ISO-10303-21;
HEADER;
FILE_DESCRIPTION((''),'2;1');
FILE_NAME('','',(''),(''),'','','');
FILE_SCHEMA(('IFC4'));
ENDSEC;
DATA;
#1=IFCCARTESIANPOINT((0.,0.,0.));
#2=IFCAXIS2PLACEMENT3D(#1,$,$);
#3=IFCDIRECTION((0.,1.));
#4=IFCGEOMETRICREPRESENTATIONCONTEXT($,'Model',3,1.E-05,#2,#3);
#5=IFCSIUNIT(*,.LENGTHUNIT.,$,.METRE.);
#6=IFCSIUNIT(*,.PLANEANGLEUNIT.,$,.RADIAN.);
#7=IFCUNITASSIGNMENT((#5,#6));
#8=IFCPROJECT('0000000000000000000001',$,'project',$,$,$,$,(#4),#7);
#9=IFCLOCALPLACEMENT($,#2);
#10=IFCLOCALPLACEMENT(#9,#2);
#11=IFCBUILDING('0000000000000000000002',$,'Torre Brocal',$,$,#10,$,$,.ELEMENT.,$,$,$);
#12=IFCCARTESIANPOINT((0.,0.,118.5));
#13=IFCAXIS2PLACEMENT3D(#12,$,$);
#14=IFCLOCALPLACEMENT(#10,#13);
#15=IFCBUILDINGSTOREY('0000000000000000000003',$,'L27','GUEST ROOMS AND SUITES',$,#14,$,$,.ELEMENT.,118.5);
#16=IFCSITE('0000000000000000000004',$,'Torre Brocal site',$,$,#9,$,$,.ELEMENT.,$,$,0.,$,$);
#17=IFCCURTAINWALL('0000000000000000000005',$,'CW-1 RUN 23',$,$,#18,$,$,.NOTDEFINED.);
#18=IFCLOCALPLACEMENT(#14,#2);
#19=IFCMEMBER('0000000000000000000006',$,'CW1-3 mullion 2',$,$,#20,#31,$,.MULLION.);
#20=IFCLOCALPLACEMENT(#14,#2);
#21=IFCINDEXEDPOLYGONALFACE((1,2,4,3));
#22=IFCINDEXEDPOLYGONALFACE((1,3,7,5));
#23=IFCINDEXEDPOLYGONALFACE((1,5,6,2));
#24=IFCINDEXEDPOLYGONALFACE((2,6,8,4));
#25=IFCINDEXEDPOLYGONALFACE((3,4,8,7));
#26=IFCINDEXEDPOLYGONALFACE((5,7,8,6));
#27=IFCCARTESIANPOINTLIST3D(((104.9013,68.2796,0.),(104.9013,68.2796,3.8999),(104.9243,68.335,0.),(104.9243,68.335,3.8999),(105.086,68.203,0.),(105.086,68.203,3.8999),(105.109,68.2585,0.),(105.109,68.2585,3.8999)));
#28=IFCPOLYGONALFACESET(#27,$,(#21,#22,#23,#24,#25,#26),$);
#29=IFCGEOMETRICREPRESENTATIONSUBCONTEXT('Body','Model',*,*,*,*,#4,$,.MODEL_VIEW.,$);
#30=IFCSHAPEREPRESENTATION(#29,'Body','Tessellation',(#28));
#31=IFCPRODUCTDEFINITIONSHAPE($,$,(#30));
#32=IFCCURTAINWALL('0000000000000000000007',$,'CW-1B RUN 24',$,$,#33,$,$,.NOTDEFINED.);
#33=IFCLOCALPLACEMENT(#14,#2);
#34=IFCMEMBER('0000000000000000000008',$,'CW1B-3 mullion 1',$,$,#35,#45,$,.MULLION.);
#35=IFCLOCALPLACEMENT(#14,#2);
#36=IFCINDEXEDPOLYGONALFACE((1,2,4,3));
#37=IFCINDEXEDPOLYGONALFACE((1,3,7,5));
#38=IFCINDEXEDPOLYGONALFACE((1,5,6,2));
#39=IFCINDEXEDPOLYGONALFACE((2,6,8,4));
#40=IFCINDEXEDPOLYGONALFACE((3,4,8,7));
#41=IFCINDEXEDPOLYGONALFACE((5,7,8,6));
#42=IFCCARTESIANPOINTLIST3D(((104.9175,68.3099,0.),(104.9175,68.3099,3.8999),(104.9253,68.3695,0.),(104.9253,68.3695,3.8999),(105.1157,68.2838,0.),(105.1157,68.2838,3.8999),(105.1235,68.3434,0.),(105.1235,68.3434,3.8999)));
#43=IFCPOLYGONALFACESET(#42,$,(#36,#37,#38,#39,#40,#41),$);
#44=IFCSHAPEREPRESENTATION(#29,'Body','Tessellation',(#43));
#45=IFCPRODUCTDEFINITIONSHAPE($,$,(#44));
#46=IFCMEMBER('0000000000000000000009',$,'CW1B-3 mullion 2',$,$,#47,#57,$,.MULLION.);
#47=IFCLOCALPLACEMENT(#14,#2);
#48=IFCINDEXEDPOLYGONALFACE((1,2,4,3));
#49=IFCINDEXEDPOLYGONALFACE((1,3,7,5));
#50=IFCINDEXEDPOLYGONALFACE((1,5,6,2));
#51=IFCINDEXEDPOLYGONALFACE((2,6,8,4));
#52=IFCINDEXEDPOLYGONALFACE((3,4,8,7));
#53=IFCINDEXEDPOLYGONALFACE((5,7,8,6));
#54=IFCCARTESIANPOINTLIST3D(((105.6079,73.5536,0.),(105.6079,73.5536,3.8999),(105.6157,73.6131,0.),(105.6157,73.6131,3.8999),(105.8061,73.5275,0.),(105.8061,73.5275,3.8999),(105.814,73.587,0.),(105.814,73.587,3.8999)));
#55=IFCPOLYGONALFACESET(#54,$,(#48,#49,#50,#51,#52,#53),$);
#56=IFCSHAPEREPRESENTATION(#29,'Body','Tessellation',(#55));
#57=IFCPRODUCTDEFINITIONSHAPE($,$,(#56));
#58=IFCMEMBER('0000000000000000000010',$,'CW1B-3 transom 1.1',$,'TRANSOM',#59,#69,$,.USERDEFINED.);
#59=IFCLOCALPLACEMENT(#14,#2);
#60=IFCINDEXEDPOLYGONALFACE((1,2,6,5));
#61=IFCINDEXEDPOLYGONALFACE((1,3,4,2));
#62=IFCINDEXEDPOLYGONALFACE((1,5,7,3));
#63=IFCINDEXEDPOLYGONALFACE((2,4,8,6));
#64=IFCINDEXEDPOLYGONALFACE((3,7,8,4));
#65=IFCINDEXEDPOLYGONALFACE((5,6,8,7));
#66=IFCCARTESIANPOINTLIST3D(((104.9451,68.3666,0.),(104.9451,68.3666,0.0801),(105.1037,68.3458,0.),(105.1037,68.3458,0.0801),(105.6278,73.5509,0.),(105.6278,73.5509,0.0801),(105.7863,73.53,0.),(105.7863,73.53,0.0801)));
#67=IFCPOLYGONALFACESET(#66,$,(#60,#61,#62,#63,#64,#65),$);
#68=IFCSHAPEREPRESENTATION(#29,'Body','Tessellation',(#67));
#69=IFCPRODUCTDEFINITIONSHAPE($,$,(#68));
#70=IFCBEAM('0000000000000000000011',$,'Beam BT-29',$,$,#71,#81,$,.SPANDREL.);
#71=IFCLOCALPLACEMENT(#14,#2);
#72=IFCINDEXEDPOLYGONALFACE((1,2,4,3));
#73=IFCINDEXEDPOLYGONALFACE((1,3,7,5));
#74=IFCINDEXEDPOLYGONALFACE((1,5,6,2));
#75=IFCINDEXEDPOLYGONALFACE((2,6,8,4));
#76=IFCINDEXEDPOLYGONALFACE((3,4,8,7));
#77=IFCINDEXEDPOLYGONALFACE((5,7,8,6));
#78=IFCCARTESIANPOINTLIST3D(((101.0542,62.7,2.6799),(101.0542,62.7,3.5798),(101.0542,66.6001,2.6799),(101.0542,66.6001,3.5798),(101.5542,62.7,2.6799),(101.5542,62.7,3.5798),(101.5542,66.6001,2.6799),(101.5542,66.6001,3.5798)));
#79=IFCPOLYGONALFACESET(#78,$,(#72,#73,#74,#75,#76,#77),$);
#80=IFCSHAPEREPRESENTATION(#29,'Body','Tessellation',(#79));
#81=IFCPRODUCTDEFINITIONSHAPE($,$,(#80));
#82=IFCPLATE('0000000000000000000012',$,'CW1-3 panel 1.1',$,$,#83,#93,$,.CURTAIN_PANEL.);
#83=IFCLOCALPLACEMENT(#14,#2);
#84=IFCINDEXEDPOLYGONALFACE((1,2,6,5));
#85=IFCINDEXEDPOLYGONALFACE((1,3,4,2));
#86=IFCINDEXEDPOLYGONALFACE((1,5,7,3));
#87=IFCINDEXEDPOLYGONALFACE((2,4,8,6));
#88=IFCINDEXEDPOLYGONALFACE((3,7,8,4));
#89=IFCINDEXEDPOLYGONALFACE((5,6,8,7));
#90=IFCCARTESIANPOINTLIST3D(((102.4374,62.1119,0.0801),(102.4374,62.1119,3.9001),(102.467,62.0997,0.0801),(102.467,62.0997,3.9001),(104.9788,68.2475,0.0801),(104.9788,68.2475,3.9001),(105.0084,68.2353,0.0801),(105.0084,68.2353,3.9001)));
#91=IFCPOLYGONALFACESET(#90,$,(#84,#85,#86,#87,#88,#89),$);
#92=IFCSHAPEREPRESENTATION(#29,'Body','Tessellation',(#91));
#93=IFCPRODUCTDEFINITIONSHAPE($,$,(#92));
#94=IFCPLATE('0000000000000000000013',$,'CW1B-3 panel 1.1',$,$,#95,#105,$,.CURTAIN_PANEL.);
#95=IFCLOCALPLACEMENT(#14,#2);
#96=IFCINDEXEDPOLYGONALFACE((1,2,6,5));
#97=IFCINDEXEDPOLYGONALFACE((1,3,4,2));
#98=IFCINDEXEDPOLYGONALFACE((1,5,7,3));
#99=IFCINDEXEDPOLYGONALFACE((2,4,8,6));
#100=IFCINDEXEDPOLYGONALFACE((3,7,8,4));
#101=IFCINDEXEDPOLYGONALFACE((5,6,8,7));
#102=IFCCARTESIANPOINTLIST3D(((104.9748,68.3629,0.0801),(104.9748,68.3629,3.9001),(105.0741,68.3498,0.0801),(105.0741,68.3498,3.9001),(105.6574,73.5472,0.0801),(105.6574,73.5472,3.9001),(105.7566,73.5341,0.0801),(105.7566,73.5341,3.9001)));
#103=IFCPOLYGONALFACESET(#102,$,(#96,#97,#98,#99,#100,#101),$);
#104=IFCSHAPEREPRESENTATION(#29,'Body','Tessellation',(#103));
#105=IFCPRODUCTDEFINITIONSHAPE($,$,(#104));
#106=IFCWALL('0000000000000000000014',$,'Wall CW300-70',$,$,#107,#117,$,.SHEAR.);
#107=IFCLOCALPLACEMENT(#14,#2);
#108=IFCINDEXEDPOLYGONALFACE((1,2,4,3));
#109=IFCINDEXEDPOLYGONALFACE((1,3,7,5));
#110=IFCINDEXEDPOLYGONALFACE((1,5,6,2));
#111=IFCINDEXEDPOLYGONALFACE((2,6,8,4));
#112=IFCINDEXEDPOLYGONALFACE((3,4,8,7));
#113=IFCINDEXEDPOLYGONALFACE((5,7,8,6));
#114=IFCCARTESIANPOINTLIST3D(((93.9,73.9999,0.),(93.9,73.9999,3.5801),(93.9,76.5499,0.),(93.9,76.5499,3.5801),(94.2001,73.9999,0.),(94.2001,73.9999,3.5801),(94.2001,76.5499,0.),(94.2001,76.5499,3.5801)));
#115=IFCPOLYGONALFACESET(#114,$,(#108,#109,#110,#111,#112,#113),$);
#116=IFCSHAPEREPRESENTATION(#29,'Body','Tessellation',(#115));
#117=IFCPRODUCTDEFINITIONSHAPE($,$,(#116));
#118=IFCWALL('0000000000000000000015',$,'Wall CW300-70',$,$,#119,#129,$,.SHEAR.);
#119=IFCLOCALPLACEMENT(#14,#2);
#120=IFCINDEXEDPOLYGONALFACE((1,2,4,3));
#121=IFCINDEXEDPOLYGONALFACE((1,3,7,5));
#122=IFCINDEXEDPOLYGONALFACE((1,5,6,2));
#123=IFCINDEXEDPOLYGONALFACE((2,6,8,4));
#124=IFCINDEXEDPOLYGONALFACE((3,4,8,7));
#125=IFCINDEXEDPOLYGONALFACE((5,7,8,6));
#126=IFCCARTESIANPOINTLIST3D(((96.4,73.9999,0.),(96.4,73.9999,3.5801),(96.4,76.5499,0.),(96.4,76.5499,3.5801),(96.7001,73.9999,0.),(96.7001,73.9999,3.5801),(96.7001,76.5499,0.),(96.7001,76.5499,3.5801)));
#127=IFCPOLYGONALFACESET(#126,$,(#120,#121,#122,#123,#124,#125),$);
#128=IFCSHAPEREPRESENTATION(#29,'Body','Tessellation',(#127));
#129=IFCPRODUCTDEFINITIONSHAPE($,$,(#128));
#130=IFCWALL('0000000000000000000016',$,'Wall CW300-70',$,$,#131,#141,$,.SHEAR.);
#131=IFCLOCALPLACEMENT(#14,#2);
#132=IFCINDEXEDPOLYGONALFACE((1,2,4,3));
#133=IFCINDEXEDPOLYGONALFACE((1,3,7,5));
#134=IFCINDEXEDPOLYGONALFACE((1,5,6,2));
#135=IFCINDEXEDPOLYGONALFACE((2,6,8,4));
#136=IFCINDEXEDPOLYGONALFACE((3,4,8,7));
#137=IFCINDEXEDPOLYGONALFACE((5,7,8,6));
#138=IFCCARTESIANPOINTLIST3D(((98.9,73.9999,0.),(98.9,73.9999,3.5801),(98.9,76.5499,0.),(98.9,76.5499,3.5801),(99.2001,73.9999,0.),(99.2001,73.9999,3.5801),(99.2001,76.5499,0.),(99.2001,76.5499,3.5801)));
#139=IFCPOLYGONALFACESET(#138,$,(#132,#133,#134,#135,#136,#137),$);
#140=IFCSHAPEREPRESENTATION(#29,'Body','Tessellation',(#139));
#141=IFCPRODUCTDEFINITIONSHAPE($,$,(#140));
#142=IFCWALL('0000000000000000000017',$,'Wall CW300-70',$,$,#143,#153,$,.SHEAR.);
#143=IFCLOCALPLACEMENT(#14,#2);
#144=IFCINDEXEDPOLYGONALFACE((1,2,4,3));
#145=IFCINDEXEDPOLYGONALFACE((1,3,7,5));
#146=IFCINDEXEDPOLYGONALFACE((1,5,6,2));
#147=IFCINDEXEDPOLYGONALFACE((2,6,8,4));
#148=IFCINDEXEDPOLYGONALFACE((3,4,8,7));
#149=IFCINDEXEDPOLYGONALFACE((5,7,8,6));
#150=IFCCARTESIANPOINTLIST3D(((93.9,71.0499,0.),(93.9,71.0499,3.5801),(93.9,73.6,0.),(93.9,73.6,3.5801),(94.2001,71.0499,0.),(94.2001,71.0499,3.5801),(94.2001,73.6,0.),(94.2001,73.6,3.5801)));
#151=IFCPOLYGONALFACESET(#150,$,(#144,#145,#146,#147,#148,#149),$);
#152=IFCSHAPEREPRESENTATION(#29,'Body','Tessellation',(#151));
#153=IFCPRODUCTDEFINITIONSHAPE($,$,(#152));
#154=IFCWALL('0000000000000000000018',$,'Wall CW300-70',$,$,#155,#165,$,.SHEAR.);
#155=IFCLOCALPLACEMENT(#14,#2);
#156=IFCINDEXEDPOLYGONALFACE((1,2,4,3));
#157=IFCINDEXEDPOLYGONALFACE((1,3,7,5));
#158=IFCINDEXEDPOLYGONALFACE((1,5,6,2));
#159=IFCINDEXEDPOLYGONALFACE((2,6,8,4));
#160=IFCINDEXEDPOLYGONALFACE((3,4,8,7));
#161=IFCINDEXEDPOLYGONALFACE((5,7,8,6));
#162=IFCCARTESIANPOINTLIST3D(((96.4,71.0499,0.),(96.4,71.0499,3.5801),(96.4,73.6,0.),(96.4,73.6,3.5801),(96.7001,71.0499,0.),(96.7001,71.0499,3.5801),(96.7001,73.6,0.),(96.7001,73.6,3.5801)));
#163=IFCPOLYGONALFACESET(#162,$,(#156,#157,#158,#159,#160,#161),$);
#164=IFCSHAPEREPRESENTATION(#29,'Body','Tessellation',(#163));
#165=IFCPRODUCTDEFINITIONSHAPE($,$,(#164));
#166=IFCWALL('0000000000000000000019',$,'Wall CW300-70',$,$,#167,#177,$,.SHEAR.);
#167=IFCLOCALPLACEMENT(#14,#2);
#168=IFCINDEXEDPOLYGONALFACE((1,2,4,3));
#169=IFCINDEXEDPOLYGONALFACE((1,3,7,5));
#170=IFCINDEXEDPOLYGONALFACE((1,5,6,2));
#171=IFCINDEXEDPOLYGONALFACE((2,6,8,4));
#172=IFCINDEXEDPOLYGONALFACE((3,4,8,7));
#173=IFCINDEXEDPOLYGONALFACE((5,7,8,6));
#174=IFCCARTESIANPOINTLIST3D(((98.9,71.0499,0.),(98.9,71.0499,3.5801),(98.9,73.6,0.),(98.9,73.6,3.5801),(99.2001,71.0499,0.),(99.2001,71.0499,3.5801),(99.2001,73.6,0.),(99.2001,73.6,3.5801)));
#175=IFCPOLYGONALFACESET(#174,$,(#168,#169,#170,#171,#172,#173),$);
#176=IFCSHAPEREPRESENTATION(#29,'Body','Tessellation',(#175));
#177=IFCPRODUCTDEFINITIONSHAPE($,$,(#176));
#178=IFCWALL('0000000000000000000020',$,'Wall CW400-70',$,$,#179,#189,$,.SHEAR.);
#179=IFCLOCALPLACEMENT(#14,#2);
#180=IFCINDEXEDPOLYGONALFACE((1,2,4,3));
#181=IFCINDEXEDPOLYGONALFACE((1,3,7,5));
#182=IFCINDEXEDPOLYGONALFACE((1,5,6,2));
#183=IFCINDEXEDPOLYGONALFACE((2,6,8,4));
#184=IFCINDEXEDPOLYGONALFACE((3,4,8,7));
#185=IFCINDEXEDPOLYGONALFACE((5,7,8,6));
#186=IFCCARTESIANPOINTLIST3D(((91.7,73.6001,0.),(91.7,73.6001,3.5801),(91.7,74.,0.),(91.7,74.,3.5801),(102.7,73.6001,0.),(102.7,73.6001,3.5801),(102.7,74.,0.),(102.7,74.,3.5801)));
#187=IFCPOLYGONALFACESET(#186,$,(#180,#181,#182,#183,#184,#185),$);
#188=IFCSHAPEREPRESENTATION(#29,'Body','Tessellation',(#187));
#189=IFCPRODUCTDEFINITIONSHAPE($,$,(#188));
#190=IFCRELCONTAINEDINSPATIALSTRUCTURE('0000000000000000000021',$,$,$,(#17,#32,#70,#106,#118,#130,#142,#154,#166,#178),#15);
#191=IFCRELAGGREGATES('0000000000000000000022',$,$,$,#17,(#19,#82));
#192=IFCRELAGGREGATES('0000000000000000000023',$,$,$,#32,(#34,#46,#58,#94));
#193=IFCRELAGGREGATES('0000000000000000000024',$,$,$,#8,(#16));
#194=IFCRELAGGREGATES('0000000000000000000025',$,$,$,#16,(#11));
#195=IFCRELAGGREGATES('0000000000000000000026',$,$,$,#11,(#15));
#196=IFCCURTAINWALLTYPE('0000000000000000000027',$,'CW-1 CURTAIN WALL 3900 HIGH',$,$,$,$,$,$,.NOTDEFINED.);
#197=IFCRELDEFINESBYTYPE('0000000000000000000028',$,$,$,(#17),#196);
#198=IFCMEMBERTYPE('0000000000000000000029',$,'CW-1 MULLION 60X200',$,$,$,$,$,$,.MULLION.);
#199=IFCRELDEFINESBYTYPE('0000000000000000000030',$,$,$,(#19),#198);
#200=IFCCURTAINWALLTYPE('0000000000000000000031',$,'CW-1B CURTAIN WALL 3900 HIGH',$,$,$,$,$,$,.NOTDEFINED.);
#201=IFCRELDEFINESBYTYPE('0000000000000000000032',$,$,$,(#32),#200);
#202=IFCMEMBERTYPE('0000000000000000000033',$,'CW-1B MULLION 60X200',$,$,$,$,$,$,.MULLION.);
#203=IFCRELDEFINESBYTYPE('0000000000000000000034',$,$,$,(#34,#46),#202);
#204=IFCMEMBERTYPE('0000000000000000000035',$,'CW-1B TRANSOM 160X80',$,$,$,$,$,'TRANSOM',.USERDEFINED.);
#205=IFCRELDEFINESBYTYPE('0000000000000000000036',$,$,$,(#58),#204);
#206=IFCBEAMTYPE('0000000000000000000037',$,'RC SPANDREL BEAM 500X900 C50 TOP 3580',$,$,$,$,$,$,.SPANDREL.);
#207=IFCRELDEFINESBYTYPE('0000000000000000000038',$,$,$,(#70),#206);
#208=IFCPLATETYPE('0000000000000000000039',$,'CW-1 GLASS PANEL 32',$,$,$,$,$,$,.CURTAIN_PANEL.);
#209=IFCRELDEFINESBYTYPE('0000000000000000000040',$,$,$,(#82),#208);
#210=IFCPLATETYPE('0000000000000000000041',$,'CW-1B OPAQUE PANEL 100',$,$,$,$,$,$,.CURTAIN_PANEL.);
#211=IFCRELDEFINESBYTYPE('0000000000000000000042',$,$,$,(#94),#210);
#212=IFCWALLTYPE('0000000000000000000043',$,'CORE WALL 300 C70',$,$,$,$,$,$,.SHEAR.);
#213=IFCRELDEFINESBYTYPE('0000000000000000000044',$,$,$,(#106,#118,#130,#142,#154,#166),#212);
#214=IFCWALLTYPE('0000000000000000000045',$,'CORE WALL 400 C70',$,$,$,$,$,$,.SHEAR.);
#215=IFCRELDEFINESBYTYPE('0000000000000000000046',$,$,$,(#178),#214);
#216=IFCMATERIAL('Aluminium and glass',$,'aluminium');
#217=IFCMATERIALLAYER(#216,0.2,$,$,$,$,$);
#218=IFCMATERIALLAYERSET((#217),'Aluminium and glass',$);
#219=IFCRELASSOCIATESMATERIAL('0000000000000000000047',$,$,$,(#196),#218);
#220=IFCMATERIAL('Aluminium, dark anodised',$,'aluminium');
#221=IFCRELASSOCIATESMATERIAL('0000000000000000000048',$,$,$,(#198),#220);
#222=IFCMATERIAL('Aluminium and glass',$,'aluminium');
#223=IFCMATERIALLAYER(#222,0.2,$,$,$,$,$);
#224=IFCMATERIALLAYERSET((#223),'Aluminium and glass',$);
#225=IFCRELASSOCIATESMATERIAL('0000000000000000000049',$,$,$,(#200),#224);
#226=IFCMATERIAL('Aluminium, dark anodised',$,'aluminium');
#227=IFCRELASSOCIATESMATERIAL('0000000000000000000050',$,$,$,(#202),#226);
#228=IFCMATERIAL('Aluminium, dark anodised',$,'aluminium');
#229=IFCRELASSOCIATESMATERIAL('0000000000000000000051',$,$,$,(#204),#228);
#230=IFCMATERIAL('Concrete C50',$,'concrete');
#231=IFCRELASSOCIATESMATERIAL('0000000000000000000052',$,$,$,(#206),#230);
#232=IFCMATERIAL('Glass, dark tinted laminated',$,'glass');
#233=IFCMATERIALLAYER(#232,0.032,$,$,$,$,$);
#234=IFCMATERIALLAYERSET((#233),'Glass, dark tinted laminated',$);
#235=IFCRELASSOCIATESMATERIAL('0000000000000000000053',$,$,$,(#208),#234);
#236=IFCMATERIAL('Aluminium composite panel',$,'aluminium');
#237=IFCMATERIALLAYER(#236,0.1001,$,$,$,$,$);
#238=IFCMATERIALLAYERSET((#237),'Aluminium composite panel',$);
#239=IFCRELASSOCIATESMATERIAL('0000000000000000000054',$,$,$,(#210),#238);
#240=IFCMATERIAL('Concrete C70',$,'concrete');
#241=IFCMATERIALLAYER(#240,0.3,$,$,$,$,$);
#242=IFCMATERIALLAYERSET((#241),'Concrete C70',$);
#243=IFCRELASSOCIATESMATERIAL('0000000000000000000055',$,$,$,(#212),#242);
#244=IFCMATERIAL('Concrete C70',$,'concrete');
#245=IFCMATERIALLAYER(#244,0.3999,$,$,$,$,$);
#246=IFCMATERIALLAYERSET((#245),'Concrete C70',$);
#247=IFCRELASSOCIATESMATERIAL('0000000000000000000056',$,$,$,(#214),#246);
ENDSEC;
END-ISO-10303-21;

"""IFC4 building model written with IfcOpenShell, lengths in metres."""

from ifc_helpers import new_model, si_unit, direction, frame, frame_2d, origin, origin_2d, place, context, subcontext, project, spatial, rectangle, extrude, material, layer, layer_set, material_profile, profile_set, type_object, element, aggregate, save


model = new_model("IFC4")

# Units and contexts
model_context = context("Model", 3, precision=1e-05, world=origin(), true_north=direction((0.0, 1.0)))
body_context = subcontext(model_context, "Body", "Model", "MODEL_VIEW")
ifc_project = project(units=[si_unit("LENGTHUNIT", "METRE"), si_unit("PLANEANGLEUNIT", "RADIAN")], contexts=[model_context])

# Site, building, storey
site_placement = place(None, origin())
site = spatial("IfcSite", under=ifc_project, at=site_placement, Name="Torre Brocal site", CompositionType="ELEMENT", RefElevation=0.0)
building_placement = place(site_placement, origin())
building = spatial("IfcBuilding", under=site, at=building_placement, Name="Torre Brocal", CompositionType="ELEMENT")
storey_placement = place(building_placement, frame((0.0, 0.0, 118.5)))
storey = spatial("IfcBuildingStorey", under=building, at=storey_placement, Name="L27", Description="GUEST ROOMS AND SUITES", CompositionType="ELEMENT", Elevation=118.5)

# Curtain wall, member
ifc_material_1 = material(Name="Aluminium and glass", Category="aluminium")
ifc_layer_1 = layer(ifc_material_1, 0.2)
ifc_layer_set_1 = layer_set([ifc_layer_1], Name="Aluminium and glass")
curtain_wall_type_1 = type_object("IfcCurtainWallType", Name="CW-1 CURTAIN WALL 3900 HIGH", PredefinedType="NOTDEFINED", material=ifc_layer_set_1)
curtain_wall_1_placement = place(storey_placement, origin())
curtain_wall_1 = element("IfcCurtainWall", 1, at=curtain_wall_1_placement, inside=storey, type_object=curtain_wall_type_1, Name="CW-1 RUN 23", PredefinedType="NOTDEFINED")
ifc_material_2 = material(Name="Aluminium, dark anodised", Category="aluminium")
ifc_material_profile_1 = material_profile(ifc_material_2, rectangle(XDim=0.2, YDim=0.0601, at=origin_2d()), Name="CW-1 MULLION 60X200")
ifc_profile_set_1 = profile_set([ifc_material_profile_1], Name="Aluminium, dark anodised")
member_type_1 = type_object("IfcMemberType", Name="CW-1 MULLION 60X200", PredefinedType="MULLION", material=ifc_profile_set_1)
member_1_placement = place(storey_placement, frame((105.0051, 68.269, 0.0), z_axis=(0.0, 0.0, 1.0), x_axis=(-0.92388, 0.382683, 0.0)))
member_1 = element("IfcMember", 2, at=member_1_placement, type_object=member_type_1, Name="CW1-3 mullion 2", PredefinedType="MULLION", context=body_context, shape_type="SweptSolid", body=[
    extrude(rectangle(XDim=0.2, YDim=0.0601, at=origin_2d()), origin(), (0.0, 0.0, 1.0), 3.8999),
])

# Curtain wall, members
ifc_material_3 = material(Name="Aluminium and glass", Category="aluminium")
ifc_layer_2 = layer(ifc_material_3, 0.2)
ifc_layer_set_2 = layer_set([ifc_layer_2], Name="Aluminium and glass")
curtain_wall_type_2 = type_object("IfcCurtainWallType", Name="CW-1B CURTAIN WALL 3900 HIGH", PredefinedType="NOTDEFINED", material=ifc_layer_set_2)
curtain_wall_2_placement = place(storey_placement, origin())
curtain_wall_2 = element("IfcCurtainWall", 3, at=curtain_wall_2_placement, inside=storey, type_object=curtain_wall_type_2, Name="CW-1B RUN 24", PredefinedType="NOTDEFINED")
ifc_material_4 = material(Name="Aluminium, dark anodised", Category="aluminium")
ifc_material_profile_2 = material_profile(ifc_material_4, rectangle(XDim=0.2, YDim=0.0601, at=origin_2d()), Name="CW-1B MULLION 60X200")
ifc_profile_set_2 = profile_set([ifc_material_profile_2], Name="Aluminium, dark anodised")
member_type_2 = type_object("IfcMemberType", Name="CW-1B MULLION 60X200", PredefinedType="MULLION", material=ifc_profile_set_2)
member_2_placement = place(storey_placement, frame((105.0205, 68.3267, 0.0), z_axis=(0.0, 0.0, 1.0), x_axis=(-0.991445, 0.130526, 0.0)))
member_2 = element("IfcMember", 4, at=member_2_placement, type_object=member_type_2, Name="CW1B-3 mullion 1", PredefinedType="MULLION", context=body_context, shape_type="SweptSolid", body=[
    extrude(rectangle(XDim=0.2, YDim=0.0601, at=origin_2d()), origin(), (0.0, 0.0, 1.0), 3.8999),
])
member_3_placement = place(storey_placement, frame((105.7109, 73.5703, 0.0), z_axis=(0.0, 0.0, 1.0), x_axis=(-0.991445, 0.130526, 0.0)))
member_3 = element("IfcMember", 5, at=member_3_placement, type_object=member_type_2, Name="CW1B-3 mullion 2", PredefinedType="MULLION", context=body_context, shape_type="SweptSolid", body=[
    extrude(rectangle(XDim=0.2, YDim=0.0601, at=origin_2d()), origin(), (0.0, 0.0, 1.0), 3.8999),
])
ifc_material_5 = material(Name="Aluminium, dark anodised", Category="aluminium")
ifc_material_profile_3 = material_profile(ifc_material_5, rectangle(XDim=0.1599, YDim=0.0801, at=origin_2d()), Name="CW-1B TRANSOM 160X80")
ifc_profile_set_3 = profile_set([ifc_material_profile_3], Name="Aluminium, dark anodised")
member_type_3 = type_object("IfcMemberType", Name="CW-1B TRANSOM 160X80", ElementType="TRANSOM", PredefinedType="USERDEFINED", material=ifc_profile_set_3)
member_4_placement = place(storey_placement, frame((105.0244, 68.3562, 0.04), z_axis=(0.130543, 0.991443, 0.0), x_axis=(-0.991443, 0.130543, 0.0)))
member_4 = element("IfcMember", 6, at=member_4_placement, type_object=member_type_3, Name="CW1B-3 transom 1.1", ObjectType="TRANSOM", PredefinedType="USERDEFINED", context=body_context, shape_type="SweptSolid", body=[
    extrude(rectangle(XDim=0.1599, YDim=0.0801, at=origin_2d()), origin(), (0.0, 0.0, 1.0), 5.229),
])

# Beam
ifc_material_6 = material(Name="Concrete C50", Category="concrete")
ifc_material_profile_4 = material_profile(ifc_material_6, rectangle(XDim=0.5, YDim=0.8999, at=origin_2d()), Name="RC 500X900")
ifc_profile_set_4 = profile_set([ifc_material_profile_4], Name="Concrete C50")
beam_type = type_object("IfcBeamType", Name="RC SPANDREL BEAM 500X900 C50 TOP 3580", PredefinedType="SPANDREL", material=ifc_profile_set_4)
beam_placement = place(storey_placement, frame((101.3042, 62.7, 3.1299), z_axis=(0.0, 1.0, 0.0), x_axis=(-1.0, 0.0, 0.0)))
element("IfcBeam", 7, at=beam_placement, inside=storey, type_object=beam_type, Name="Beam BT-29", PredefinedType="SPANDREL", context=body_context, shape_type="SweptSolid", body=[
    extrude(rectangle(XDim=0.5, YDim=0.8999, at=origin_2d()), origin(), (0.0, 0.0, 1.0), 3.9001),
])

# Plates
ifc_material_7 = material(Name="Glass, dark tinted laminated", Category="glass")
ifc_layer_3 = layer(ifc_material_7, 0.032)
ifc_layer_set_3 = layer_set([ifc_layer_3], Name="Glass, dark tinted laminated")
plate_type_1 = type_object("IfcPlateType", Name="CW-1 GLASS PANEL 32", PredefinedType="CURTAIN_PANEL", material=ifc_layer_set_3)
plate_1_placement = place(storey_placement, frame((103.7229, 65.1736, 0.0801), z_axis=(0.0, 0.0, 1.0), x_axis=(0.382683, 0.92388, 0.0)))
plate_1 = element("IfcPlate", 8, at=plate_1_placement, type_object=plate_type_1, Name="CW1-3 panel 1.1", PredefinedType="CURTAIN_PANEL", context=body_context, shape_type="SweptSolid", body=[
    extrude(rectangle(XDim=6.6411, YDim=0.032, at=origin_2d()), origin(), (0.0, 0.0, 1.0), 3.8201),
])
aggregate(curtain_wall_1, [member_1, plate_1])
ifc_material_8 = material(Name="Aluminium composite panel", Category="aluminium")
ifc_layer_4 = layer(ifc_material_8, 0.1001)
ifc_layer_set_4 = layer_set([ifc_layer_4], Name="Aluminium composite panel")
plate_type_2 = type_object("IfcPlateType", Name="CW-1B OPAQUE PANEL 100", PredefinedType="CURTAIN_PANEL", material=ifc_layer_set_4)
plate_2_placement = place(storey_placement, frame((105.3657, 70.9485, 0.0801), z_axis=(0.0, 0.0, 1.0), x_axis=(0.130526, 0.991445, 0.0)))
plate_2 = element("IfcPlate", 9, at=plate_2_placement, type_object=plate_type_2, Name="CW1B-3 panel 1.1", PredefinedType="CURTAIN_PANEL", context=body_context, shape_type="SweptSolid", body=[
    extrude(rectangle(XDim=5.229, YDim=0.1001, at=origin_2d()), origin(), (0.0, 0.0, 1.0), 3.8201),
])
aggregate(curtain_wall_2, [member_2, member_3, member_4, plate_2])

# Walls
ifc_material_9 = material(Name="Concrete C70", Category="concrete")
ifc_layer_5 = layer(ifc_material_9, 0.3)
ifc_layer_set_5 = layer_set([ifc_layer_5], Name="Concrete C70")
wall_type_1 = type_object("IfcWallType", Name="CORE WALL 300 C70", PredefinedType="SHEAR", material=ifc_layer_set_5)
for number, where, z_axis, x_axis, name in (
    (10, (94.05, 74.0, 0.0), (0.0, 0.0, 1.0), (0.0, 1.0, 0.0), "Wall CW300-70"),
    (11, (96.55, 74.0, 0.0), (0.0, 0.0, 1.0), (0.0, 1.0, 0.0), "Wall CW300-70"),
    (12, (99.05, 74.0, 0.0), (0.0, 0.0, 1.0), (0.0, 1.0, 0.0), "Wall CW300-70"),
    (13, (94.05, 71.05, 0.0), (0.0, 0.0, 1.0), (0.0, 1.0, 0.0), "Wall CW300-70"),
    (14, (96.55, 71.05, 0.0), (0.0, 0.0, 1.0), (0.0, 1.0, 0.0), "Wall CW300-70"),
    (15, (99.05, 71.05, 0.0), (0.0, 0.0, 1.0), (0.0, 1.0, 0.0), "Wall CW300-70"),
):
    element("IfcWall", number, at=place(storey_placement, frame(where, z_axis=z_axis, x_axis=x_axis)), inside=storey, type_object=wall_type_1, Name=name, PredefinedType="SHEAR", context=body_context, shape_type="SweptSolid", body=[
        extrude(rectangle(XDim=2.55, YDim=0.3, at=frame_2d((1.2749, 0.0))), origin(), (0.0, 0.0, 1.0), 3.5801),
    ])
ifc_material_10 = material(Name="Concrete C70", Category="concrete")
ifc_layer_6 = layer(ifc_material_10, 0.3999)
ifc_layer_set_6 = layer_set([ifc_layer_6], Name="Concrete C70")
wall_type_2 = type_object("IfcWallType", Name="CORE WALL 400 C70", PredefinedType="SHEAR", material=ifc_layer_set_6)
wall_1_placement = place(storey_placement, frame((91.7, 73.8, 0.0), z_axis=(0.0, 0.0, 1.0), x_axis=(1.0, 0.0, 0.0)))
element("IfcWall", 16, at=wall_1_placement, inside=storey, type_object=wall_type_2, Name="Wall CW400-70", PredefinedType="SHEAR", context=body_context, shape_type="SweptSolid", body=[
    extrude(rectangle(XDim=11.0, YDim=0.3999, at=frame_2d((5.5, 0.0))), origin(), (0.0, 0.0, 1.0), 3.5801),
])

save(model, "model.ifc")
